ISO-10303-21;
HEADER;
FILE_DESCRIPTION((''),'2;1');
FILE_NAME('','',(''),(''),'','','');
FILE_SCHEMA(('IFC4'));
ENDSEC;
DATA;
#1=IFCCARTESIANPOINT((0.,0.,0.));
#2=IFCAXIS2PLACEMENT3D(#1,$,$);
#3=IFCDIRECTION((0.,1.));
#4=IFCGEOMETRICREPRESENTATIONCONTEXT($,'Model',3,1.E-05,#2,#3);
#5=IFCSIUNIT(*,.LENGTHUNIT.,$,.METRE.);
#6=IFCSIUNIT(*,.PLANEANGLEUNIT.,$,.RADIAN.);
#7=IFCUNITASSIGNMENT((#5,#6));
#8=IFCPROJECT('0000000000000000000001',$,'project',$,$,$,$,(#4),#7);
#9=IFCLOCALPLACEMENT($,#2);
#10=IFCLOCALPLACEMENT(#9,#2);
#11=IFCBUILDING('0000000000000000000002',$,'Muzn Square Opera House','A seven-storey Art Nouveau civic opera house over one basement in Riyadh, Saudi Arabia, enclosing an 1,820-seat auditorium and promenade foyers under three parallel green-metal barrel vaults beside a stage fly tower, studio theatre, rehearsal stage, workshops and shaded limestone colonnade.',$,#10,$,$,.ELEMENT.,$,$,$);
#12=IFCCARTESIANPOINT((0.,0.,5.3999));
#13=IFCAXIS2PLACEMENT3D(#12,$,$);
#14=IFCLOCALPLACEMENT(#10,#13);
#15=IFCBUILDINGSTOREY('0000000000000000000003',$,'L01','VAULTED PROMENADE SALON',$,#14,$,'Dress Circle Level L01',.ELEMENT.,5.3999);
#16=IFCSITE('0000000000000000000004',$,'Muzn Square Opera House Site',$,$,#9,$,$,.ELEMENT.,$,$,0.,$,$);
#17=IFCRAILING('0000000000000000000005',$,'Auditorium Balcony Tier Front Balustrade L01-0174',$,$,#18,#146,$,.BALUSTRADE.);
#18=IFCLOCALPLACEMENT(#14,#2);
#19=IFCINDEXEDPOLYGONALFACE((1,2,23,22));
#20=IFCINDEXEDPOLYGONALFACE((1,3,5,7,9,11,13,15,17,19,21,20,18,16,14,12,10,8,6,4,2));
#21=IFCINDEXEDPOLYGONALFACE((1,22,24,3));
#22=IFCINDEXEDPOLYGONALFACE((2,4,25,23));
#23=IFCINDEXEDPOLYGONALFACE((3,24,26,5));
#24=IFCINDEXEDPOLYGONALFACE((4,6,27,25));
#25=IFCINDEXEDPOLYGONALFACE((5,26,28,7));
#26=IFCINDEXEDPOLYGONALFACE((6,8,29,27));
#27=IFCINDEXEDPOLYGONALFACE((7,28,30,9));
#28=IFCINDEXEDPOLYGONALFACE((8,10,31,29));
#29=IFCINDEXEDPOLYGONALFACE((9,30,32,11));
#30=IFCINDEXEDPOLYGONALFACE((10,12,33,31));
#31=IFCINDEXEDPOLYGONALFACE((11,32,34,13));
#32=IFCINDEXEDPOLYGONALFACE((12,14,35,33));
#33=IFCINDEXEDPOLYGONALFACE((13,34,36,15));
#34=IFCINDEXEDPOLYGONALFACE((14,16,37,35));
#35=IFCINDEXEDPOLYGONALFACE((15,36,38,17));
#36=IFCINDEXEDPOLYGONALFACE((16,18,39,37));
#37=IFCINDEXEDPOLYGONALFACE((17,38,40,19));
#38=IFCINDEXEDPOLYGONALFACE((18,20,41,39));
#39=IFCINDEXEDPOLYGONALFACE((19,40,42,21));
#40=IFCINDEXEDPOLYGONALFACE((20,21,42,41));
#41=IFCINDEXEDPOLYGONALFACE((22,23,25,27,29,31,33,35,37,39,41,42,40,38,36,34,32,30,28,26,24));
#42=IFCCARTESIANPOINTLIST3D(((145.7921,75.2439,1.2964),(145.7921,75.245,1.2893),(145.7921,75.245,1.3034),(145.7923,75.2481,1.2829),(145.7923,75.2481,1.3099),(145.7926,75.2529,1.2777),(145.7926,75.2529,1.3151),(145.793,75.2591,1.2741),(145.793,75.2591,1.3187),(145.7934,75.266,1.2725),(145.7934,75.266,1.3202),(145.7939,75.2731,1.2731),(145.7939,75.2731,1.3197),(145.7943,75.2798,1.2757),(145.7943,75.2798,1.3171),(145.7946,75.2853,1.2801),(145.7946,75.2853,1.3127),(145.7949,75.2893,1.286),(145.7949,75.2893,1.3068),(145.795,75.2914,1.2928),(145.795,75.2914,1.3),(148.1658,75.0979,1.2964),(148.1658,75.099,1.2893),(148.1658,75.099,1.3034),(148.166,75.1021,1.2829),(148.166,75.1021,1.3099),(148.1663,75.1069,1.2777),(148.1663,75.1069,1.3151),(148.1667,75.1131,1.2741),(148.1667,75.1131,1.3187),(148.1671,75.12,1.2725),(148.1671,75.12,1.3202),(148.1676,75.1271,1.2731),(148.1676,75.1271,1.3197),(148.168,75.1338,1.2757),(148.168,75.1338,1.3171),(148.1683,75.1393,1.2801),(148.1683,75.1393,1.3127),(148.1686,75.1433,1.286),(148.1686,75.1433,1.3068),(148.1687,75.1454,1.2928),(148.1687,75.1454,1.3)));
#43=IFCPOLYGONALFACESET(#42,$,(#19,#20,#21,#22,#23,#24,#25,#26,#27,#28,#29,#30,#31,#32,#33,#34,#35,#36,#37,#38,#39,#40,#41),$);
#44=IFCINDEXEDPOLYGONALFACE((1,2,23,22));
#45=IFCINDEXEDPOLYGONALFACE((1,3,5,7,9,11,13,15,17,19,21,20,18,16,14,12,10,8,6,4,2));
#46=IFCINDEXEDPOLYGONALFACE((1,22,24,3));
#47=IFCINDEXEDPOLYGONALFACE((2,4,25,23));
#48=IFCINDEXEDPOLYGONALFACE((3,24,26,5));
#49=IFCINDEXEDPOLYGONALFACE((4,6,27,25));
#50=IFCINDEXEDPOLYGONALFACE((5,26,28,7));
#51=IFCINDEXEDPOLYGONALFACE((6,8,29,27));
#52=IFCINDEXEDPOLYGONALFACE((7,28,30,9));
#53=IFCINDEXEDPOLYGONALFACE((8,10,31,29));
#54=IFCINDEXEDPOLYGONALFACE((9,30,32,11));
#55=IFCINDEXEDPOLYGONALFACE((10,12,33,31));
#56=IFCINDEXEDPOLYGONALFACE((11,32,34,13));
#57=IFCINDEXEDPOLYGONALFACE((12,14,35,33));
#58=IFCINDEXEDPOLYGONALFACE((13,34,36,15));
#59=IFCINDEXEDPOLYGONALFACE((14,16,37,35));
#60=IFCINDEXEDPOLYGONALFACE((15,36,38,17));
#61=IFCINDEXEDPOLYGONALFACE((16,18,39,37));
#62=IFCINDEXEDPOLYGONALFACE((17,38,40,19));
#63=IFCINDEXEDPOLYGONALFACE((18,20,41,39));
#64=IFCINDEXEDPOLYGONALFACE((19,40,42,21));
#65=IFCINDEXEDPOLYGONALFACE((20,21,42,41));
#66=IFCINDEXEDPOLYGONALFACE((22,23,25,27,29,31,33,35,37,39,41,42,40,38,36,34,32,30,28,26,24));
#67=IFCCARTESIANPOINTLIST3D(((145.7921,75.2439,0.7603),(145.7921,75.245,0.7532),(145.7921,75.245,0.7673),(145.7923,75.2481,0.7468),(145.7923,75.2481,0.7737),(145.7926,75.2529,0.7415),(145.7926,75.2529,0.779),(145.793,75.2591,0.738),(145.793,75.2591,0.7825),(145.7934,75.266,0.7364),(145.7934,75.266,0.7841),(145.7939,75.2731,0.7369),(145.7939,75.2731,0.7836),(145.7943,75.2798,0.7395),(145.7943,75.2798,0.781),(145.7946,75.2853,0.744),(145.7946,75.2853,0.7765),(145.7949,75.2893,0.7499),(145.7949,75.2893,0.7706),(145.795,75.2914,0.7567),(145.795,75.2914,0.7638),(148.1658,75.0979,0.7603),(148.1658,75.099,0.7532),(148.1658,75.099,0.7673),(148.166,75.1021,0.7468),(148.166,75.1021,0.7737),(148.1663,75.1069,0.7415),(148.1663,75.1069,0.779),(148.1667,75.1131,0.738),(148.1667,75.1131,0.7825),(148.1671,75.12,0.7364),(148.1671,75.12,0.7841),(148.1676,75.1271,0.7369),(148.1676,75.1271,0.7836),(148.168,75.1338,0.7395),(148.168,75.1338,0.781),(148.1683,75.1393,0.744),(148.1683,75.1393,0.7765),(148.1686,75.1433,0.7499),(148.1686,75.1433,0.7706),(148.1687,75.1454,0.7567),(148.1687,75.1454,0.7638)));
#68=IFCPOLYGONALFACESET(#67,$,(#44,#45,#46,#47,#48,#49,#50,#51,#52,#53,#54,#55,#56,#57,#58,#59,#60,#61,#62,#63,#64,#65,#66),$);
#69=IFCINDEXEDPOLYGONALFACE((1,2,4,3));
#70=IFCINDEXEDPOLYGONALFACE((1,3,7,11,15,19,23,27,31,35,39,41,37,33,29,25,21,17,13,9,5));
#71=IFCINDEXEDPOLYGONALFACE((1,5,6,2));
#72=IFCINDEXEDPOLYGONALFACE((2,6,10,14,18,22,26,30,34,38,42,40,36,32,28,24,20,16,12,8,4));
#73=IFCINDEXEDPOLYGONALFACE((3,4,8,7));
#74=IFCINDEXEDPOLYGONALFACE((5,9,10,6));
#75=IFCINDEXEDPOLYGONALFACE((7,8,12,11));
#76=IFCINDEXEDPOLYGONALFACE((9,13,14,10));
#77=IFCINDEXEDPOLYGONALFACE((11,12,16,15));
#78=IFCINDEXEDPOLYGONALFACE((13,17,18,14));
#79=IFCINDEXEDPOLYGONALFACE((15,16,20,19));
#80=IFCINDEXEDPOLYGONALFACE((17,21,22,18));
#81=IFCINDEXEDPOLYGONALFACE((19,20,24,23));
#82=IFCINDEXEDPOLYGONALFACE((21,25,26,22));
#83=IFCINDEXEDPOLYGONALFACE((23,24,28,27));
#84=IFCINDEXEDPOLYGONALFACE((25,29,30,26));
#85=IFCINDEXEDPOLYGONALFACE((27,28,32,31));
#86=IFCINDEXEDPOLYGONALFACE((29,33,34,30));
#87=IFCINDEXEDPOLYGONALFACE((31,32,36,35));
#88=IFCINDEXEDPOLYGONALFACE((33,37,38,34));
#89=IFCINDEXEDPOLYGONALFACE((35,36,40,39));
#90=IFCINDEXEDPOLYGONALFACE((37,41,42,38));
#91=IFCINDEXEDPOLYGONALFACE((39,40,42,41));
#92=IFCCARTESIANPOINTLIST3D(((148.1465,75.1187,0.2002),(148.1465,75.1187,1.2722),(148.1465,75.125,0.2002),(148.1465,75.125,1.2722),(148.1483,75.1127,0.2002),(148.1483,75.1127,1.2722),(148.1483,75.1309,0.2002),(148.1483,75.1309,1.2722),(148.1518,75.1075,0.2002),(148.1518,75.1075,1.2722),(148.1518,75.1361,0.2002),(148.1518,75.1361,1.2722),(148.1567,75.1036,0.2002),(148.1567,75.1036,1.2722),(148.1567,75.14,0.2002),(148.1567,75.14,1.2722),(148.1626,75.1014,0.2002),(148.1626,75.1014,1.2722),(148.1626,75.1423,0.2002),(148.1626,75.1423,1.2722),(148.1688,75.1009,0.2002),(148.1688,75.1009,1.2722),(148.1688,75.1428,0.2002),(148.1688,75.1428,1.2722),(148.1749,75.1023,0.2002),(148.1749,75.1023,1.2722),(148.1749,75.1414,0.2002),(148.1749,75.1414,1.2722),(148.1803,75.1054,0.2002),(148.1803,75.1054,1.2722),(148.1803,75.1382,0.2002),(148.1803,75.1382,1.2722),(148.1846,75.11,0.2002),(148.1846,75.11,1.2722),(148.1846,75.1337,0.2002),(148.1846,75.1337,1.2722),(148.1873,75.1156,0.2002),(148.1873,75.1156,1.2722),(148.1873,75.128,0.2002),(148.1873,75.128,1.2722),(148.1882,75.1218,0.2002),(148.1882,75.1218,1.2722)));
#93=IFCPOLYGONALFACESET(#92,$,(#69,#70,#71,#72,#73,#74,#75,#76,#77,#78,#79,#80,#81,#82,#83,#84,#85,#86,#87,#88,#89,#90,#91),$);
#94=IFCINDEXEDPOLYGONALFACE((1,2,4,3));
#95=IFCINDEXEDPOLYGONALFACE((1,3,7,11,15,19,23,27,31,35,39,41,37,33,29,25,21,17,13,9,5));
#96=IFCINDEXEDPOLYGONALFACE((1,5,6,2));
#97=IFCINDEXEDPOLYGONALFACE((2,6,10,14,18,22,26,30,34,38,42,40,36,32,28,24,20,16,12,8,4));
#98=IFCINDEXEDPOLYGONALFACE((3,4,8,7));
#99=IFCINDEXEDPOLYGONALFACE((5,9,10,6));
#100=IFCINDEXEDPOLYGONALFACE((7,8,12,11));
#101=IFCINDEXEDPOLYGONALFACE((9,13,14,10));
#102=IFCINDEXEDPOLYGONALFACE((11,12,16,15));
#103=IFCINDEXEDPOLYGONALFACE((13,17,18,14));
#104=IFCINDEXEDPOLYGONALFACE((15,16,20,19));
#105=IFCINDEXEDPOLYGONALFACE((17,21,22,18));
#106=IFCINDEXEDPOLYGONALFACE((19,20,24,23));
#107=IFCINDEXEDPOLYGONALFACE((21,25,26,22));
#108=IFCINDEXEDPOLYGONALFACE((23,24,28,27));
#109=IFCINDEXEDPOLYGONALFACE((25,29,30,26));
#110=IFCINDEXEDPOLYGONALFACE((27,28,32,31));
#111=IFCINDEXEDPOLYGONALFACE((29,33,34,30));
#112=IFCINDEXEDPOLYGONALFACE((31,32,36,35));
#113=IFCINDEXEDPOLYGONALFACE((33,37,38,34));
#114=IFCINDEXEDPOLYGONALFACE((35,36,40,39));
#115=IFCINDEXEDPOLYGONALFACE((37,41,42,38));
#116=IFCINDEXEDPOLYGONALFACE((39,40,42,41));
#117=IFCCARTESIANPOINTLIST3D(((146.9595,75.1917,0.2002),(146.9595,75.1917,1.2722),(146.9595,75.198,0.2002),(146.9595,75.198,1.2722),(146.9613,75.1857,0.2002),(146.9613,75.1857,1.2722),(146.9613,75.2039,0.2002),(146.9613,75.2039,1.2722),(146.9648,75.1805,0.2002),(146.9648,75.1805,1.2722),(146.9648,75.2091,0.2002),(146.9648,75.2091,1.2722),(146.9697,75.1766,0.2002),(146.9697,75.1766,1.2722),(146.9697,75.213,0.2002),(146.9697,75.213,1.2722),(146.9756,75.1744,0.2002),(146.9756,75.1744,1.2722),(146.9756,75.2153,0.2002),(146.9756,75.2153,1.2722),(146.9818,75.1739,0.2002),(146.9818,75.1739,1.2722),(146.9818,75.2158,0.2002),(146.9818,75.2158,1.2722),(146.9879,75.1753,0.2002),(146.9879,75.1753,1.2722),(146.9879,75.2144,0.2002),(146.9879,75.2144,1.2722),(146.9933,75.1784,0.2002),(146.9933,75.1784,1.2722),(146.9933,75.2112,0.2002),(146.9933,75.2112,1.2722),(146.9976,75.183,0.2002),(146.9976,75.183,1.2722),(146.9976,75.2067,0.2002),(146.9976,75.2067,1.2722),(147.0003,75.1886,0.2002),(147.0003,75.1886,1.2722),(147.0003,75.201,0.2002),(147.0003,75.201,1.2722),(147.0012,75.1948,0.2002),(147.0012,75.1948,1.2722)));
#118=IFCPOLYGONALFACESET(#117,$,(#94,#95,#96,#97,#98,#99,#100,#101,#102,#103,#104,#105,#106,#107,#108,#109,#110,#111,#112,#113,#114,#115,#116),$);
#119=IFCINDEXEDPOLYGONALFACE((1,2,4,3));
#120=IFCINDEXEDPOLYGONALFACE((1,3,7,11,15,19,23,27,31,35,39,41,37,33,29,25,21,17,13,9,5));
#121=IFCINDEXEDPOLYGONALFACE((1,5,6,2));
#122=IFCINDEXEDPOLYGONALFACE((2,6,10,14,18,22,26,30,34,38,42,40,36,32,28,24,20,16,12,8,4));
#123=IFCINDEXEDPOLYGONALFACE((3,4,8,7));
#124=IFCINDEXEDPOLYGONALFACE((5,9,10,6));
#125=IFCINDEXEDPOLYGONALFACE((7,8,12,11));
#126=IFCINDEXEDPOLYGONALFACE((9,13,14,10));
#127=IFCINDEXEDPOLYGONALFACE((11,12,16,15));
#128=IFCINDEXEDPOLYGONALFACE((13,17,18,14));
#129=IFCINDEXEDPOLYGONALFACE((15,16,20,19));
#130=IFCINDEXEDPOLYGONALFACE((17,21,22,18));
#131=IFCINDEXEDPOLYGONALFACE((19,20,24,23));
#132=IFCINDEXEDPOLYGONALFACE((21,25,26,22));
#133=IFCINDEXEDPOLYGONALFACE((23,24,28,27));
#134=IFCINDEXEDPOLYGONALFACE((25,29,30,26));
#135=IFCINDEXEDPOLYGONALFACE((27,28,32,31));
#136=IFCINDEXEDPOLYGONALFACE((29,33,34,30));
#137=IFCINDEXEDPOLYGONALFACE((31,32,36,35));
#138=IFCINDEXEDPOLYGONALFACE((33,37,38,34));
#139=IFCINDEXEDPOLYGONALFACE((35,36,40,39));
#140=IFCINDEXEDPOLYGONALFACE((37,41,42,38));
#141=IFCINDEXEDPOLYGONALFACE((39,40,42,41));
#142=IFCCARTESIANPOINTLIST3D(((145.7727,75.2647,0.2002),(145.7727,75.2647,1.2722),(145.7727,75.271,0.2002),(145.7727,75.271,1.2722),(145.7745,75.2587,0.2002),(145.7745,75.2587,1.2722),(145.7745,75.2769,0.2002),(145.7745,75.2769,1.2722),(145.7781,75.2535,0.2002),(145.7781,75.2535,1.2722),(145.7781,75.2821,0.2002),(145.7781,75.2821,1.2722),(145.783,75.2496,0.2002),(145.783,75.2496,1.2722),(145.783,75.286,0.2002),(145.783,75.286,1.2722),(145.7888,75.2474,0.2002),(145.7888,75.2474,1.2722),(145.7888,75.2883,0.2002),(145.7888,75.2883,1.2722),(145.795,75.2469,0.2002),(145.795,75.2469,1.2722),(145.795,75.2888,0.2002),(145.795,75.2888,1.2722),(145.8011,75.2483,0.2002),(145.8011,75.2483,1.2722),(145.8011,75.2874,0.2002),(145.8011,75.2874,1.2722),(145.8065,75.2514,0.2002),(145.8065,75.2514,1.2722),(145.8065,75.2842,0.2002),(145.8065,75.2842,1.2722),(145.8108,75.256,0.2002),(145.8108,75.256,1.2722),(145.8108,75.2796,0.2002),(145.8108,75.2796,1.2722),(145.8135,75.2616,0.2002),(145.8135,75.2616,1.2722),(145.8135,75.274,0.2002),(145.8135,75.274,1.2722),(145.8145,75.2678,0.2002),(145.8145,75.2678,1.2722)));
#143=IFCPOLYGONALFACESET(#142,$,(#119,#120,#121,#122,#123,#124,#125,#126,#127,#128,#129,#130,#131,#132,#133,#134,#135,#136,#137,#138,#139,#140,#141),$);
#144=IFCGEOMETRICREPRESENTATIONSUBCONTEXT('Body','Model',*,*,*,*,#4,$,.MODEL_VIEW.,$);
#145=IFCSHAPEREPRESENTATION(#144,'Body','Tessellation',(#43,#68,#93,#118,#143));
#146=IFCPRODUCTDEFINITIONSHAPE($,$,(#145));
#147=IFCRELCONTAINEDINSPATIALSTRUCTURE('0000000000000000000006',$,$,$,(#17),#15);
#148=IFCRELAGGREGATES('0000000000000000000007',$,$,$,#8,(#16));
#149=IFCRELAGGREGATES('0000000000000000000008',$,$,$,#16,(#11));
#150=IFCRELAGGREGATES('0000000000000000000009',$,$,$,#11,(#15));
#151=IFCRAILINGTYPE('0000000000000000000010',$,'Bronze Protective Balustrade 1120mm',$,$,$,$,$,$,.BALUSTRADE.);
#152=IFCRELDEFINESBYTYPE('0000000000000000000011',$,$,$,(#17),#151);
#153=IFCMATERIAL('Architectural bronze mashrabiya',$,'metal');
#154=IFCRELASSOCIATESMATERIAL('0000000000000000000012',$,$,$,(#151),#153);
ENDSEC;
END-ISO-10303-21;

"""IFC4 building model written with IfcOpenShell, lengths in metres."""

from ifc_helpers import new_model, si_unit, direction, frame, origin, origin_2d, place, context, subcontext, project, spatial, circle, extrude, material, type_object, element, save


model = new_model("IFC4")

# Units and contexts
model_context = context("Model", 3, precision=1e-05, world=origin(), true_north=direction((0.0, 1.0)))
body_context = subcontext(model_context, "Body", "Model", "MODEL_VIEW")
ifc_project = project(units=[si_unit("LENGTHUNIT", "METRE"), si_unit("PLANEANGLEUNIT", "RADIAN")], contexts=[model_context])

# Site, building, storey
site_placement = place(None, origin())
site = spatial("IfcSite", under=ifc_project, at=site_placement, Name="Muzn Square Opera House Site", CompositionType="ELEMENT", RefElevation=0.0)
building_placement = place(site_placement, origin())
building = spatial("IfcBuilding", under=site, at=building_placement, Name="Muzn Square Opera House", Description="A seven-storey Art Nouveau civic opera house over one basement in Riyadh, Saudi Arabia, enclosing an 1,820-seat auditorium and promenade foyers under three parallel green-metal barrel vaults beside a stage fly tower, studio theatre, rehearsal stage, workshops and shaded limestone colonnade.", CompositionType="ELEMENT")
storey_placement = place(building_placement, frame((0.0, 0.0, 5.3999)))
storey = spatial("IfcBuildingStorey", under=building, at=storey_placement, Name="L01", Description="VAULTED PROMENADE SALON", LongName="Dress Circle Level L01", CompositionType="ELEMENT", Elevation=5.3999)

# Railing
ifc_material_1 = material(Name="Architectural bronze mashrabiya", Category="metal")
railing_type = type_object("IfcRailingType", Name="Bronze Protective Balustrade 1120mm", PredefinedType="BALUSTRADE", material=ifc_material_1)
railing_1_placement = place(storey_placement, frame((148.1672, 75.1218, 0.2002)))
element("IfcRailing", 1, at=railing_1_placement, inside=storey, type_object=railing_type, Name="Auditorium Balcony Tier Front Balustrade L01-0174", PredefinedType="BALUSTRADE", context=body_context, shape_type="SweptSolid", body=[
    extrude(circle(Radius=0.0239, at=origin_2d()), frame((0.0, 0.0, 1.0962), z_axis=(-0.998114, 0.061388, 0.0), x_axis=(-0.061388, -0.998114, 0.0)), (0.0, 0.0, 1.0), 2.3782),
    extrude(circle(Radius=0.0239, at=origin_2d()), frame((0.0, 0.0, 0.5601), z_axis=(-0.998114, 0.061388, 0.0), x_axis=(-0.061388, -0.998114, 0.0)), (0.0, 0.0, 1.0), 2.3782),
    extrude(circle(Radius=0.021, at=origin_2d()), origin(), (0.0, 0.0, 1.0), 1.072),
    extrude(circle(Radius=0.021, at=origin_2d()), frame((-1.187, 0.073, 0.0)), (0.0, 0.0, 1.0), 1.072),
    extrude(circle(Radius=0.021, at=origin_2d()), frame((-2.3738, 0.146, 0.0)), (0.0, 0.0, 1.0), 1.072),
])

save(model, "model.ifc")
